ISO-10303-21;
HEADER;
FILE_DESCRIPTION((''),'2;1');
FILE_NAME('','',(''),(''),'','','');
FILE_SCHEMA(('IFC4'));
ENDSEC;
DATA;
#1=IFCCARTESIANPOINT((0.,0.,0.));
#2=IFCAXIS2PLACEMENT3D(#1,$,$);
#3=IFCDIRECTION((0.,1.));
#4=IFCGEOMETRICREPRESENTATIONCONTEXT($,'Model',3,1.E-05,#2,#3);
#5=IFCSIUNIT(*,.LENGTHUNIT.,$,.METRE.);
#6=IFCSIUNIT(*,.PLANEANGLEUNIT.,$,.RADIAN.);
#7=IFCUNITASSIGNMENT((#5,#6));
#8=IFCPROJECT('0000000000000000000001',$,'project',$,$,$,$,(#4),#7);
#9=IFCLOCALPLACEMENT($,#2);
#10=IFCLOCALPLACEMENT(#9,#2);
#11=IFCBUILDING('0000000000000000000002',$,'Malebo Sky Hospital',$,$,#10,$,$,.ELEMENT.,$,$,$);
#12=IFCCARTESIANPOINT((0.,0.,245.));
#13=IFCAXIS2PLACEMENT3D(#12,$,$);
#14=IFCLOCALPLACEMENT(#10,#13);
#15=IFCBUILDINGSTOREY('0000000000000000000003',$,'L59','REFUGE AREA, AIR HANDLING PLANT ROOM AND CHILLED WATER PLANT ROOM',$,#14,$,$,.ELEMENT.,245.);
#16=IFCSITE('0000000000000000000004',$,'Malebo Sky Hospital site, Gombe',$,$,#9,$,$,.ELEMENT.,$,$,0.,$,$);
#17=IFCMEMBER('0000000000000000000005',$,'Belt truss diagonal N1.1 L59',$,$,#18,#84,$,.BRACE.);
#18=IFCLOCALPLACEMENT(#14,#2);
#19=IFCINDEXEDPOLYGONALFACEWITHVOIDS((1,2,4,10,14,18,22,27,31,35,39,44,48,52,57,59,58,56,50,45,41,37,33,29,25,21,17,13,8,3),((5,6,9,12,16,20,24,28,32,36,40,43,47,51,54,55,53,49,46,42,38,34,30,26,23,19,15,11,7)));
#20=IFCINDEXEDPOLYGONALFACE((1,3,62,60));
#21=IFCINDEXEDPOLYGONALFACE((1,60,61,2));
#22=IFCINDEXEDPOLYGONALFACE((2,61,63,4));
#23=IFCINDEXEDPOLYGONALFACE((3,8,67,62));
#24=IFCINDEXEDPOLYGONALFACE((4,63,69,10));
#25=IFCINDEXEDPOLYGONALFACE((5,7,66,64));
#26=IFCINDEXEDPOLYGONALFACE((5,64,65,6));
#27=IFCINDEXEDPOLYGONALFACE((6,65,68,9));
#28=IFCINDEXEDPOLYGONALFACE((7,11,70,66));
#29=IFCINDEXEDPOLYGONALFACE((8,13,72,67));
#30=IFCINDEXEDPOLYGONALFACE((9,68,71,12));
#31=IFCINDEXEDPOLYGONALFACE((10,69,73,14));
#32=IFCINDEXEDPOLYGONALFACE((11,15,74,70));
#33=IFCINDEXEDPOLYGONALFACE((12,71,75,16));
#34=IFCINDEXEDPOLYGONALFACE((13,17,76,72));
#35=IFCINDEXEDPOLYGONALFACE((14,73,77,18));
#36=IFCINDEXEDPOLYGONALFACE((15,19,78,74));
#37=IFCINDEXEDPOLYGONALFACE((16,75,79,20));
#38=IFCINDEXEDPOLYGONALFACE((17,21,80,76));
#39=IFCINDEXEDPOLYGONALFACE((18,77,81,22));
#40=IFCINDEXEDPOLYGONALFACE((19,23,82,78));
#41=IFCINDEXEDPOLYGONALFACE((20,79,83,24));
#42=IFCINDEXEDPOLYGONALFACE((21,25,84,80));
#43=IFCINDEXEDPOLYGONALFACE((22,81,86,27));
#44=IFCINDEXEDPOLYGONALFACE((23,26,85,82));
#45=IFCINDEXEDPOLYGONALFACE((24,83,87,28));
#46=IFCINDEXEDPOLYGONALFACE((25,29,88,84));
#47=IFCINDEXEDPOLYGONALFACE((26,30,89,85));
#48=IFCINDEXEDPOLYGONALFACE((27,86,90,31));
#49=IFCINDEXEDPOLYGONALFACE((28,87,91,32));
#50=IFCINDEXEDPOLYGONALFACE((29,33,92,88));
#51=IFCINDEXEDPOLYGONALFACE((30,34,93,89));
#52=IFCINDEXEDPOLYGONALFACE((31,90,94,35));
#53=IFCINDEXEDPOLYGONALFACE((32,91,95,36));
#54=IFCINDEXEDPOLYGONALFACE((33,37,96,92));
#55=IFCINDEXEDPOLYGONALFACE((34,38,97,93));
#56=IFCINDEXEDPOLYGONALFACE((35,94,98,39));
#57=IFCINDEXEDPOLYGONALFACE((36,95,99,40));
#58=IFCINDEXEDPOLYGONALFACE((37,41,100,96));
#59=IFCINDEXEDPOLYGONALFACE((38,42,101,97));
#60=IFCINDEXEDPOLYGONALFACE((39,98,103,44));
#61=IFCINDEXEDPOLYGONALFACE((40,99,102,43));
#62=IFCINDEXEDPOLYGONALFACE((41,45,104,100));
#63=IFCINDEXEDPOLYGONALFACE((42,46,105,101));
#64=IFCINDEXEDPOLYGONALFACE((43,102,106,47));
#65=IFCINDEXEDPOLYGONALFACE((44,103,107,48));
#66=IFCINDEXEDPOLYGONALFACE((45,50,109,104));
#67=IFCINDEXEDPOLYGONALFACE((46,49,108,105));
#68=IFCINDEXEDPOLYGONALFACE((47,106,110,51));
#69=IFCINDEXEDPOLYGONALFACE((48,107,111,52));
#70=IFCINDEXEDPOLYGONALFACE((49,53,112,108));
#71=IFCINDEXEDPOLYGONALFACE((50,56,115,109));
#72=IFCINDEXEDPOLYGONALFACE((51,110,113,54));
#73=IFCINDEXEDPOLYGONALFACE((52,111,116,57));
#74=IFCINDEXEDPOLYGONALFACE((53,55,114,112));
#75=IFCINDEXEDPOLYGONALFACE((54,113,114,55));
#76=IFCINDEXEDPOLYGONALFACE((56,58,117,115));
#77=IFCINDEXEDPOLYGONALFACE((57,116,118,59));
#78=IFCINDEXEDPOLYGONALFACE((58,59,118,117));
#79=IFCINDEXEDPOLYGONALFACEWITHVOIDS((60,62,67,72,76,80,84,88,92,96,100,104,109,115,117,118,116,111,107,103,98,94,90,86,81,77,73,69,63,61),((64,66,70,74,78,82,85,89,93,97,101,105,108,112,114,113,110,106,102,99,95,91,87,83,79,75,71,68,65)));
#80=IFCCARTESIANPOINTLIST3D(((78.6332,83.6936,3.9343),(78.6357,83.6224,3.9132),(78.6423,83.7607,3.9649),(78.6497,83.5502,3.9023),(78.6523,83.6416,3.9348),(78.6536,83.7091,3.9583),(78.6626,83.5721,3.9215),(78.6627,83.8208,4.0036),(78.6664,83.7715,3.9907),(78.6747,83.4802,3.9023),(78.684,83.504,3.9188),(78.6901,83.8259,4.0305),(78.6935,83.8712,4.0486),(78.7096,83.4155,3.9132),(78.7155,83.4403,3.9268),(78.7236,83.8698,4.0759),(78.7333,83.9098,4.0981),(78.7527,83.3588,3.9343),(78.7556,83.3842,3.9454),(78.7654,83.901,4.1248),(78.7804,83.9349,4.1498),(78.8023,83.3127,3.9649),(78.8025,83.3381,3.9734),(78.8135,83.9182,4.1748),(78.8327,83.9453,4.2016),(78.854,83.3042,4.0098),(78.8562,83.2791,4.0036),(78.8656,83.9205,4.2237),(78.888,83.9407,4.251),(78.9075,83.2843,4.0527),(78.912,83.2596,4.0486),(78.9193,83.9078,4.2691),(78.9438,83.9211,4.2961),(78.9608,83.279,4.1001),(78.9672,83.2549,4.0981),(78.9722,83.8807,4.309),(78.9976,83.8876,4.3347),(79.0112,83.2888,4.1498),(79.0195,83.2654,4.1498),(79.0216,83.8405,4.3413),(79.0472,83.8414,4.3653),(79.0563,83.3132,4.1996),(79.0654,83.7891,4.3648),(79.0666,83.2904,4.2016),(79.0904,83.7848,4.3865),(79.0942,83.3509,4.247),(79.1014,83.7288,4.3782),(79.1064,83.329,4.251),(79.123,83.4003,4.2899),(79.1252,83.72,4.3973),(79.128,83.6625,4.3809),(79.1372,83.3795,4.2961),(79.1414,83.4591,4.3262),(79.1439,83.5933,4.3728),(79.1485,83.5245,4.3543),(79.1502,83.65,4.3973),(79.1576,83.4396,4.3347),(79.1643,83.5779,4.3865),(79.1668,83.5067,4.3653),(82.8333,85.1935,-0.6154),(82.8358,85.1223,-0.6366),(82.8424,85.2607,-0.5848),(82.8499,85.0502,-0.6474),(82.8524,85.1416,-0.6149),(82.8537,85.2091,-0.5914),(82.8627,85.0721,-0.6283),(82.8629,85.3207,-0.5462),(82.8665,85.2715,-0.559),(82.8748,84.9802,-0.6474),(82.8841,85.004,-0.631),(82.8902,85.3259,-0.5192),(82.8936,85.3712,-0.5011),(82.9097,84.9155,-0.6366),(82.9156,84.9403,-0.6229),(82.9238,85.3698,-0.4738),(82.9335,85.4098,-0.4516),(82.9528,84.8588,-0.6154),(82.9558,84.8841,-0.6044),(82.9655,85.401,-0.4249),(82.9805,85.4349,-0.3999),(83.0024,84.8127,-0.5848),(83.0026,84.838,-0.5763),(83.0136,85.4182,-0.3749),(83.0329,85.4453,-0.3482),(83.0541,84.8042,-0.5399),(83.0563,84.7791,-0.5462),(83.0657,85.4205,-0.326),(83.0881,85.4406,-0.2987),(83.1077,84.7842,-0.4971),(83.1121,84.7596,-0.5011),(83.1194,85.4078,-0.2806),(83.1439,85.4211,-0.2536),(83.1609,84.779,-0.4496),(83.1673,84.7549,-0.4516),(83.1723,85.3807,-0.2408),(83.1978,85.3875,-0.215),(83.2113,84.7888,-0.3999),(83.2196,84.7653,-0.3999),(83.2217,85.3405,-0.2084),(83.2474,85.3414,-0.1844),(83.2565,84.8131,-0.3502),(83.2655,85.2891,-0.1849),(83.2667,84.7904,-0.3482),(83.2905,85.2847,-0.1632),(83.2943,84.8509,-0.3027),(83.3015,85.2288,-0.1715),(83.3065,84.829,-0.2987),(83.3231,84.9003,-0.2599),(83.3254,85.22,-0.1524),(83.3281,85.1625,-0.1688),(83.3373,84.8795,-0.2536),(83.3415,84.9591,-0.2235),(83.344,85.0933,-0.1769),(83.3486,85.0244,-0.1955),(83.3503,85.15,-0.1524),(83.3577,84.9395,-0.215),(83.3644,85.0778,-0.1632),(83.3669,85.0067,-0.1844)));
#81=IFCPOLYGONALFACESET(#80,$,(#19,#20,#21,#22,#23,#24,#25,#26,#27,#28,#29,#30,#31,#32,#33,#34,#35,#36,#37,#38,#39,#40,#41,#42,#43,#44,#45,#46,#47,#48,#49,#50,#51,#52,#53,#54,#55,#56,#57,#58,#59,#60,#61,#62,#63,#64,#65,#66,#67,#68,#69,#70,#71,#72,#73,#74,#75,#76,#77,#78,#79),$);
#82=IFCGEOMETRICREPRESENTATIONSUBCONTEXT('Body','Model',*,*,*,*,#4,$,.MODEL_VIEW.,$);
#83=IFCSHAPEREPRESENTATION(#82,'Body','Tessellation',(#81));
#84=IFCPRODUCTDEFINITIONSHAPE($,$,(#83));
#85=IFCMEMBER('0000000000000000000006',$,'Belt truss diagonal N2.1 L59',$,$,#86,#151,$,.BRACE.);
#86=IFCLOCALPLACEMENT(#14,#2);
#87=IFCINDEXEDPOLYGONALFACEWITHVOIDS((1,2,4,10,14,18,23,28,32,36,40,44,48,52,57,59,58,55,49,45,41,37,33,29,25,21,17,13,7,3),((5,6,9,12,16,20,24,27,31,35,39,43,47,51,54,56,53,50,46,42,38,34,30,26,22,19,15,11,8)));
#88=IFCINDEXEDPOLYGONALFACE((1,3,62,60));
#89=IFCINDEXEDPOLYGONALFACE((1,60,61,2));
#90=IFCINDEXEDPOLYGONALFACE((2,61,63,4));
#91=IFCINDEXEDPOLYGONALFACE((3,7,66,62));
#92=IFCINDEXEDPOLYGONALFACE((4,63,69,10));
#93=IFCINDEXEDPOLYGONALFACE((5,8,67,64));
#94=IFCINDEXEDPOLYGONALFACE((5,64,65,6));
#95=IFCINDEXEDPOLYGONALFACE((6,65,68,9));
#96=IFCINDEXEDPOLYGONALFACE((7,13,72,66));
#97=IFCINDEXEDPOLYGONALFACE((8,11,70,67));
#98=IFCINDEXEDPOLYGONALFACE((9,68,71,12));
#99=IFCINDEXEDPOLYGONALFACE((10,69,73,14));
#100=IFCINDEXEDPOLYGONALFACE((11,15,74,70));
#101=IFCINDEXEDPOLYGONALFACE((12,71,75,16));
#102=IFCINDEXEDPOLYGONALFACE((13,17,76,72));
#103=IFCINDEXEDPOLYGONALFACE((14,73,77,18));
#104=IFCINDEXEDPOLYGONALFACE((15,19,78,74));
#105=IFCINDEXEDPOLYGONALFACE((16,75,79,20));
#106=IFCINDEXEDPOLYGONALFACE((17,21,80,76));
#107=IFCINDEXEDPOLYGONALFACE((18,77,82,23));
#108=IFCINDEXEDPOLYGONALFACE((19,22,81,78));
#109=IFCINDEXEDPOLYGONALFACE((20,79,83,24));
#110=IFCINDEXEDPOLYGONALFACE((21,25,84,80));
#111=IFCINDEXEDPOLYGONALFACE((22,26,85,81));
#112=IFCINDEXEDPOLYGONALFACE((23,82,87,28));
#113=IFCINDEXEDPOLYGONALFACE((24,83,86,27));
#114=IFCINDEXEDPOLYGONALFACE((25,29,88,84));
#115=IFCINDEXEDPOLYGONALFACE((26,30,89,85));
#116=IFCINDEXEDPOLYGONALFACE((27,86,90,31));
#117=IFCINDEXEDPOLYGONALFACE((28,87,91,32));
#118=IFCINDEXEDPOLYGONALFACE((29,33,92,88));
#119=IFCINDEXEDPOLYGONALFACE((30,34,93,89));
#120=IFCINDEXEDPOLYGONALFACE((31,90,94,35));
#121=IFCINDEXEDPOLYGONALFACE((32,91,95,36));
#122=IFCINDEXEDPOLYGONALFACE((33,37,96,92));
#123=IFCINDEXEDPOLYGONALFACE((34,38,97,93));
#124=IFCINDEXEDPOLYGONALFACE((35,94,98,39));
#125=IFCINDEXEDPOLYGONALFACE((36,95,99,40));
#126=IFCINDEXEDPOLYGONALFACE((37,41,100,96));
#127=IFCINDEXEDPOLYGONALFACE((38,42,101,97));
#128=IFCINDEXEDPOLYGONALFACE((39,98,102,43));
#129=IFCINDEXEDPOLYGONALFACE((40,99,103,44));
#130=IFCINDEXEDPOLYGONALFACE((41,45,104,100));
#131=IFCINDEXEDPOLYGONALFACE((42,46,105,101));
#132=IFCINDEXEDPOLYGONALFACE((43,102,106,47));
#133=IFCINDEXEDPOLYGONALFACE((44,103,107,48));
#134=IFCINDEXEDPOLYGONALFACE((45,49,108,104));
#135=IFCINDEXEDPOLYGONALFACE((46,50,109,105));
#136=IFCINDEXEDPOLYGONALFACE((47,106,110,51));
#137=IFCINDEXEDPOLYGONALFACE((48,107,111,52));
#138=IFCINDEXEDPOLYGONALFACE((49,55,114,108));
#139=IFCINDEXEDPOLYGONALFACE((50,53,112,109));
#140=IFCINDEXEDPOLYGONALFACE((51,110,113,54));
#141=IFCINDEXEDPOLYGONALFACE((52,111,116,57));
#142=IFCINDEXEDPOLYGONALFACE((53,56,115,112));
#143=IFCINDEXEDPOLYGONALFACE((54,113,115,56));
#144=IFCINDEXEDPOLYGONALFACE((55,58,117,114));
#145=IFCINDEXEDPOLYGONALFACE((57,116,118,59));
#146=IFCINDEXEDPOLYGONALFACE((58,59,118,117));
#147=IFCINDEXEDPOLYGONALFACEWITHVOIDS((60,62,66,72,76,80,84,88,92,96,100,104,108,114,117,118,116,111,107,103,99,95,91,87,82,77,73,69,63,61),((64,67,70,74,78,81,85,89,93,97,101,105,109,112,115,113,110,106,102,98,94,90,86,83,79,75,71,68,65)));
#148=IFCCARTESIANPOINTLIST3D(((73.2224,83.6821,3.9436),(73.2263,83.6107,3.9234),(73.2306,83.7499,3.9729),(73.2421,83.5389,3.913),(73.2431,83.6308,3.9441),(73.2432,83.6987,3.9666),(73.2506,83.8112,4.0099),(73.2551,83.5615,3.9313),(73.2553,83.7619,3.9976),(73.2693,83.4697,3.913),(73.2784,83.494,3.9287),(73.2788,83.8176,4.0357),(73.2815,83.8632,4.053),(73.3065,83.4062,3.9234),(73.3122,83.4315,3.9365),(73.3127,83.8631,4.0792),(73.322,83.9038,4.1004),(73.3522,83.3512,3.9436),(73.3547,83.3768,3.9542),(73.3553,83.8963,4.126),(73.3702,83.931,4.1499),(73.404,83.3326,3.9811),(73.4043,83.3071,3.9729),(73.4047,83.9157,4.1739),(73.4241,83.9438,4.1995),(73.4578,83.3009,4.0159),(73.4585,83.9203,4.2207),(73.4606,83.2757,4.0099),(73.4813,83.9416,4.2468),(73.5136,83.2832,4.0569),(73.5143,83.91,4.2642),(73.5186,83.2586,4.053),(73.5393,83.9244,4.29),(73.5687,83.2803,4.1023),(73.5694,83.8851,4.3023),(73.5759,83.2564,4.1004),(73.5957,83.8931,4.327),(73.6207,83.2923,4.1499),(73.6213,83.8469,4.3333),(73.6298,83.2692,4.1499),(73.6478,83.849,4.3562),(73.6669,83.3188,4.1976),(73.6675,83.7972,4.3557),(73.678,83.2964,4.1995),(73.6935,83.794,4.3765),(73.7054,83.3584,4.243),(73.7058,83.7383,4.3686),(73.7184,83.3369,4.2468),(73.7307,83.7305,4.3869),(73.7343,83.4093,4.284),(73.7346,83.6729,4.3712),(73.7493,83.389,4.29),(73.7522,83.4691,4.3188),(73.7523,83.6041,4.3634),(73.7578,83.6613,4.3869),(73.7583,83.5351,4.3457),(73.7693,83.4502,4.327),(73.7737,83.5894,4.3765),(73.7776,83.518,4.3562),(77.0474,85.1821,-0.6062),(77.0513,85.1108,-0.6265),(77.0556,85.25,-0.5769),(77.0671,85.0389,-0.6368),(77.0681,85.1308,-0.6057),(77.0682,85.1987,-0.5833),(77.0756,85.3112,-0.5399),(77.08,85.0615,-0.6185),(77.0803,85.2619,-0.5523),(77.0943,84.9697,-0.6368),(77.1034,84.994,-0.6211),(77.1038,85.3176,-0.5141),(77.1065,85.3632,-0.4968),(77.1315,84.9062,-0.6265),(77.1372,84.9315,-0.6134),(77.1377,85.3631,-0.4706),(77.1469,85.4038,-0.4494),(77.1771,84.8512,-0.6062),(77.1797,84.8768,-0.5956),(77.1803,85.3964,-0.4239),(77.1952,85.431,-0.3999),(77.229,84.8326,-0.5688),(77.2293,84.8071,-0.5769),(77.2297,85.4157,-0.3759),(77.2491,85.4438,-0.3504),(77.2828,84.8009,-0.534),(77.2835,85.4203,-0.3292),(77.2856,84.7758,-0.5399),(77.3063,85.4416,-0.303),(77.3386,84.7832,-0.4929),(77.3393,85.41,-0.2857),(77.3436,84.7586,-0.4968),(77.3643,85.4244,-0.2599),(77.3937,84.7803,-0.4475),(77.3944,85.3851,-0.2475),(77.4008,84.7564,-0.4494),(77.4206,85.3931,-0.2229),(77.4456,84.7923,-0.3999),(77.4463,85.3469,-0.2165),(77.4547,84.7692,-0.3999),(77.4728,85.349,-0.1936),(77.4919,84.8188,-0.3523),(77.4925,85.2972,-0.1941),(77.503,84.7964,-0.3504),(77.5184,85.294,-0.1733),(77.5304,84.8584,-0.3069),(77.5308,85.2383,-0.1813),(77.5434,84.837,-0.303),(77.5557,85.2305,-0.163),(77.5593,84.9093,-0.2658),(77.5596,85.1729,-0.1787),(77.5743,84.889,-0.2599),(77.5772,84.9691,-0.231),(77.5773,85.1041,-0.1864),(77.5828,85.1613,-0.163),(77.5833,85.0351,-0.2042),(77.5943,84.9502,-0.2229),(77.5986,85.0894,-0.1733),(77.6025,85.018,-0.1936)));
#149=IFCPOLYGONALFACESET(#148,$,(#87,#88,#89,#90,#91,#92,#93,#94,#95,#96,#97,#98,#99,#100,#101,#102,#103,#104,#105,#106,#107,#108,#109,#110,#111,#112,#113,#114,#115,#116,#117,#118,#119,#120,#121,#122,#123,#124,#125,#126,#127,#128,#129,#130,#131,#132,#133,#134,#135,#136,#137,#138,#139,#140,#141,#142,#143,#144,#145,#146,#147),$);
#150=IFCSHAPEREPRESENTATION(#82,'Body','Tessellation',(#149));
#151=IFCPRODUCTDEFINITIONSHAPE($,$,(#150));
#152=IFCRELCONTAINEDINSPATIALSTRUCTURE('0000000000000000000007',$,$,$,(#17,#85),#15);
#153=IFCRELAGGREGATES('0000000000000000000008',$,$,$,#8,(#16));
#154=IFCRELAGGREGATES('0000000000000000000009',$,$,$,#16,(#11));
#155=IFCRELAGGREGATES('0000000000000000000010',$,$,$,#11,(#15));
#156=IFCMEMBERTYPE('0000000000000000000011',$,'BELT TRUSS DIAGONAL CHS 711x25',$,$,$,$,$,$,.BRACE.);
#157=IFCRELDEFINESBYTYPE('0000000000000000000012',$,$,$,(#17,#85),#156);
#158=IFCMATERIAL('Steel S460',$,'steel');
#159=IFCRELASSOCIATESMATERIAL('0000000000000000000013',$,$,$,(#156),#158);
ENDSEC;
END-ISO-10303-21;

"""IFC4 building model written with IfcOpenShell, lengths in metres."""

from ifc_helpers import new_model, si_unit, direction, frame, origin, origin_2d, place, context, subcontext, project, spatial, hollow_circle, extrude, material, material_profile, profile_set, type_object, element, save


model = new_model("IFC4")

# Units and contexts
model_context = context("Model", 3, precision=1e-05, world=origin(), true_north=direction((0.0, 1.0)))
body_context = subcontext(model_context, "Body", "Model", "MODEL_VIEW")
ifc_project = project(units=[si_unit("LENGTHUNIT", "METRE"), si_unit("PLANEANGLEUNIT", "RADIAN")], contexts=[model_context])

# Site, building, storey
site_placement = place(None, origin())
site = spatial("IfcSite", under=ifc_project, at=site_placement, Name="Malebo Sky Hospital site, Gombe", CompositionType="ELEMENT", RefElevation=0.0)
building_placement = place(site_placement, origin())
building = spatial("IfcBuilding", under=site, at=building_placement, Name="Malebo Sky Hospital", CompositionType="ELEMENT")
storey_placement = place(building_placement, frame((0.0, 0.0, 245.0)))
storey = spatial("IfcBuildingStorey", under=building, at=storey_placement, Name="L59", Description="REFUGE AREA, AIR HANDLING PLANT ROOM AND CHILLED WATER PLANT ROOM", CompositionType="ELEMENT", Elevation=245.0)

# Members
ifc_material_1 = material(Name="Steel S460", Category="steel")
ifc_material_profile_1 = material_profile(ifc_material_1, hollow_circle(Radius=0.3555, WallThickness=0.0249, at=origin_2d()), Name="CHS 711x25")
ifc_profile_set_1 = profile_set([ifc_material_profile_1], Name="Steel S460")
member_type_1 = type_object("IfcMemberType", Name="BELT TRUSS DIAGONAL CHS 711x25", PredefinedType="BRACE", material=ifc_profile_set_1)
member_1_placement = place(storey_placement, frame((83.1001, 85.1001, -0.3999), z_axis=(-0.659246, -0.235434, 0.714119), x_axis=(0.336323, -0.941747, 0.0)))
element("IfcMember", 1, at=member_1_placement, inside=storey, type_object=member_type_1, Name="Belt truss diagonal N1.1 L59", PredefinedType="BRACE", context=body_context, shape_type="SweptSolid", body=[
    extrude(hollow_circle(Radius=0.3555, WallThickness=0.0249, at=origin_2d()), origin(), (0.0, 0.0, 1.0), 6.3711),
])
member_2_placement = place(storey_placement, frame((77.325, 85.1001, -0.3999), z_axis=(-0.623939, -0.244685, 0.742179), x_axis=(0.365092, -0.930972, 0.0)))
element("IfcMember", 2, at=member_2_placement, inside=storey, type_object=member_type_1, Name="Belt truss diagonal N2.1 L59", PredefinedType="BRACE", context=body_context, shape_type="SweptSolid", body=[
    extrude(hollow_circle(Radius=0.3555, WallThickness=0.0249, at=origin_2d()), origin(), (0.0, 0.0, 1.0), 6.1304),
])

save(model, "model.ifc")
